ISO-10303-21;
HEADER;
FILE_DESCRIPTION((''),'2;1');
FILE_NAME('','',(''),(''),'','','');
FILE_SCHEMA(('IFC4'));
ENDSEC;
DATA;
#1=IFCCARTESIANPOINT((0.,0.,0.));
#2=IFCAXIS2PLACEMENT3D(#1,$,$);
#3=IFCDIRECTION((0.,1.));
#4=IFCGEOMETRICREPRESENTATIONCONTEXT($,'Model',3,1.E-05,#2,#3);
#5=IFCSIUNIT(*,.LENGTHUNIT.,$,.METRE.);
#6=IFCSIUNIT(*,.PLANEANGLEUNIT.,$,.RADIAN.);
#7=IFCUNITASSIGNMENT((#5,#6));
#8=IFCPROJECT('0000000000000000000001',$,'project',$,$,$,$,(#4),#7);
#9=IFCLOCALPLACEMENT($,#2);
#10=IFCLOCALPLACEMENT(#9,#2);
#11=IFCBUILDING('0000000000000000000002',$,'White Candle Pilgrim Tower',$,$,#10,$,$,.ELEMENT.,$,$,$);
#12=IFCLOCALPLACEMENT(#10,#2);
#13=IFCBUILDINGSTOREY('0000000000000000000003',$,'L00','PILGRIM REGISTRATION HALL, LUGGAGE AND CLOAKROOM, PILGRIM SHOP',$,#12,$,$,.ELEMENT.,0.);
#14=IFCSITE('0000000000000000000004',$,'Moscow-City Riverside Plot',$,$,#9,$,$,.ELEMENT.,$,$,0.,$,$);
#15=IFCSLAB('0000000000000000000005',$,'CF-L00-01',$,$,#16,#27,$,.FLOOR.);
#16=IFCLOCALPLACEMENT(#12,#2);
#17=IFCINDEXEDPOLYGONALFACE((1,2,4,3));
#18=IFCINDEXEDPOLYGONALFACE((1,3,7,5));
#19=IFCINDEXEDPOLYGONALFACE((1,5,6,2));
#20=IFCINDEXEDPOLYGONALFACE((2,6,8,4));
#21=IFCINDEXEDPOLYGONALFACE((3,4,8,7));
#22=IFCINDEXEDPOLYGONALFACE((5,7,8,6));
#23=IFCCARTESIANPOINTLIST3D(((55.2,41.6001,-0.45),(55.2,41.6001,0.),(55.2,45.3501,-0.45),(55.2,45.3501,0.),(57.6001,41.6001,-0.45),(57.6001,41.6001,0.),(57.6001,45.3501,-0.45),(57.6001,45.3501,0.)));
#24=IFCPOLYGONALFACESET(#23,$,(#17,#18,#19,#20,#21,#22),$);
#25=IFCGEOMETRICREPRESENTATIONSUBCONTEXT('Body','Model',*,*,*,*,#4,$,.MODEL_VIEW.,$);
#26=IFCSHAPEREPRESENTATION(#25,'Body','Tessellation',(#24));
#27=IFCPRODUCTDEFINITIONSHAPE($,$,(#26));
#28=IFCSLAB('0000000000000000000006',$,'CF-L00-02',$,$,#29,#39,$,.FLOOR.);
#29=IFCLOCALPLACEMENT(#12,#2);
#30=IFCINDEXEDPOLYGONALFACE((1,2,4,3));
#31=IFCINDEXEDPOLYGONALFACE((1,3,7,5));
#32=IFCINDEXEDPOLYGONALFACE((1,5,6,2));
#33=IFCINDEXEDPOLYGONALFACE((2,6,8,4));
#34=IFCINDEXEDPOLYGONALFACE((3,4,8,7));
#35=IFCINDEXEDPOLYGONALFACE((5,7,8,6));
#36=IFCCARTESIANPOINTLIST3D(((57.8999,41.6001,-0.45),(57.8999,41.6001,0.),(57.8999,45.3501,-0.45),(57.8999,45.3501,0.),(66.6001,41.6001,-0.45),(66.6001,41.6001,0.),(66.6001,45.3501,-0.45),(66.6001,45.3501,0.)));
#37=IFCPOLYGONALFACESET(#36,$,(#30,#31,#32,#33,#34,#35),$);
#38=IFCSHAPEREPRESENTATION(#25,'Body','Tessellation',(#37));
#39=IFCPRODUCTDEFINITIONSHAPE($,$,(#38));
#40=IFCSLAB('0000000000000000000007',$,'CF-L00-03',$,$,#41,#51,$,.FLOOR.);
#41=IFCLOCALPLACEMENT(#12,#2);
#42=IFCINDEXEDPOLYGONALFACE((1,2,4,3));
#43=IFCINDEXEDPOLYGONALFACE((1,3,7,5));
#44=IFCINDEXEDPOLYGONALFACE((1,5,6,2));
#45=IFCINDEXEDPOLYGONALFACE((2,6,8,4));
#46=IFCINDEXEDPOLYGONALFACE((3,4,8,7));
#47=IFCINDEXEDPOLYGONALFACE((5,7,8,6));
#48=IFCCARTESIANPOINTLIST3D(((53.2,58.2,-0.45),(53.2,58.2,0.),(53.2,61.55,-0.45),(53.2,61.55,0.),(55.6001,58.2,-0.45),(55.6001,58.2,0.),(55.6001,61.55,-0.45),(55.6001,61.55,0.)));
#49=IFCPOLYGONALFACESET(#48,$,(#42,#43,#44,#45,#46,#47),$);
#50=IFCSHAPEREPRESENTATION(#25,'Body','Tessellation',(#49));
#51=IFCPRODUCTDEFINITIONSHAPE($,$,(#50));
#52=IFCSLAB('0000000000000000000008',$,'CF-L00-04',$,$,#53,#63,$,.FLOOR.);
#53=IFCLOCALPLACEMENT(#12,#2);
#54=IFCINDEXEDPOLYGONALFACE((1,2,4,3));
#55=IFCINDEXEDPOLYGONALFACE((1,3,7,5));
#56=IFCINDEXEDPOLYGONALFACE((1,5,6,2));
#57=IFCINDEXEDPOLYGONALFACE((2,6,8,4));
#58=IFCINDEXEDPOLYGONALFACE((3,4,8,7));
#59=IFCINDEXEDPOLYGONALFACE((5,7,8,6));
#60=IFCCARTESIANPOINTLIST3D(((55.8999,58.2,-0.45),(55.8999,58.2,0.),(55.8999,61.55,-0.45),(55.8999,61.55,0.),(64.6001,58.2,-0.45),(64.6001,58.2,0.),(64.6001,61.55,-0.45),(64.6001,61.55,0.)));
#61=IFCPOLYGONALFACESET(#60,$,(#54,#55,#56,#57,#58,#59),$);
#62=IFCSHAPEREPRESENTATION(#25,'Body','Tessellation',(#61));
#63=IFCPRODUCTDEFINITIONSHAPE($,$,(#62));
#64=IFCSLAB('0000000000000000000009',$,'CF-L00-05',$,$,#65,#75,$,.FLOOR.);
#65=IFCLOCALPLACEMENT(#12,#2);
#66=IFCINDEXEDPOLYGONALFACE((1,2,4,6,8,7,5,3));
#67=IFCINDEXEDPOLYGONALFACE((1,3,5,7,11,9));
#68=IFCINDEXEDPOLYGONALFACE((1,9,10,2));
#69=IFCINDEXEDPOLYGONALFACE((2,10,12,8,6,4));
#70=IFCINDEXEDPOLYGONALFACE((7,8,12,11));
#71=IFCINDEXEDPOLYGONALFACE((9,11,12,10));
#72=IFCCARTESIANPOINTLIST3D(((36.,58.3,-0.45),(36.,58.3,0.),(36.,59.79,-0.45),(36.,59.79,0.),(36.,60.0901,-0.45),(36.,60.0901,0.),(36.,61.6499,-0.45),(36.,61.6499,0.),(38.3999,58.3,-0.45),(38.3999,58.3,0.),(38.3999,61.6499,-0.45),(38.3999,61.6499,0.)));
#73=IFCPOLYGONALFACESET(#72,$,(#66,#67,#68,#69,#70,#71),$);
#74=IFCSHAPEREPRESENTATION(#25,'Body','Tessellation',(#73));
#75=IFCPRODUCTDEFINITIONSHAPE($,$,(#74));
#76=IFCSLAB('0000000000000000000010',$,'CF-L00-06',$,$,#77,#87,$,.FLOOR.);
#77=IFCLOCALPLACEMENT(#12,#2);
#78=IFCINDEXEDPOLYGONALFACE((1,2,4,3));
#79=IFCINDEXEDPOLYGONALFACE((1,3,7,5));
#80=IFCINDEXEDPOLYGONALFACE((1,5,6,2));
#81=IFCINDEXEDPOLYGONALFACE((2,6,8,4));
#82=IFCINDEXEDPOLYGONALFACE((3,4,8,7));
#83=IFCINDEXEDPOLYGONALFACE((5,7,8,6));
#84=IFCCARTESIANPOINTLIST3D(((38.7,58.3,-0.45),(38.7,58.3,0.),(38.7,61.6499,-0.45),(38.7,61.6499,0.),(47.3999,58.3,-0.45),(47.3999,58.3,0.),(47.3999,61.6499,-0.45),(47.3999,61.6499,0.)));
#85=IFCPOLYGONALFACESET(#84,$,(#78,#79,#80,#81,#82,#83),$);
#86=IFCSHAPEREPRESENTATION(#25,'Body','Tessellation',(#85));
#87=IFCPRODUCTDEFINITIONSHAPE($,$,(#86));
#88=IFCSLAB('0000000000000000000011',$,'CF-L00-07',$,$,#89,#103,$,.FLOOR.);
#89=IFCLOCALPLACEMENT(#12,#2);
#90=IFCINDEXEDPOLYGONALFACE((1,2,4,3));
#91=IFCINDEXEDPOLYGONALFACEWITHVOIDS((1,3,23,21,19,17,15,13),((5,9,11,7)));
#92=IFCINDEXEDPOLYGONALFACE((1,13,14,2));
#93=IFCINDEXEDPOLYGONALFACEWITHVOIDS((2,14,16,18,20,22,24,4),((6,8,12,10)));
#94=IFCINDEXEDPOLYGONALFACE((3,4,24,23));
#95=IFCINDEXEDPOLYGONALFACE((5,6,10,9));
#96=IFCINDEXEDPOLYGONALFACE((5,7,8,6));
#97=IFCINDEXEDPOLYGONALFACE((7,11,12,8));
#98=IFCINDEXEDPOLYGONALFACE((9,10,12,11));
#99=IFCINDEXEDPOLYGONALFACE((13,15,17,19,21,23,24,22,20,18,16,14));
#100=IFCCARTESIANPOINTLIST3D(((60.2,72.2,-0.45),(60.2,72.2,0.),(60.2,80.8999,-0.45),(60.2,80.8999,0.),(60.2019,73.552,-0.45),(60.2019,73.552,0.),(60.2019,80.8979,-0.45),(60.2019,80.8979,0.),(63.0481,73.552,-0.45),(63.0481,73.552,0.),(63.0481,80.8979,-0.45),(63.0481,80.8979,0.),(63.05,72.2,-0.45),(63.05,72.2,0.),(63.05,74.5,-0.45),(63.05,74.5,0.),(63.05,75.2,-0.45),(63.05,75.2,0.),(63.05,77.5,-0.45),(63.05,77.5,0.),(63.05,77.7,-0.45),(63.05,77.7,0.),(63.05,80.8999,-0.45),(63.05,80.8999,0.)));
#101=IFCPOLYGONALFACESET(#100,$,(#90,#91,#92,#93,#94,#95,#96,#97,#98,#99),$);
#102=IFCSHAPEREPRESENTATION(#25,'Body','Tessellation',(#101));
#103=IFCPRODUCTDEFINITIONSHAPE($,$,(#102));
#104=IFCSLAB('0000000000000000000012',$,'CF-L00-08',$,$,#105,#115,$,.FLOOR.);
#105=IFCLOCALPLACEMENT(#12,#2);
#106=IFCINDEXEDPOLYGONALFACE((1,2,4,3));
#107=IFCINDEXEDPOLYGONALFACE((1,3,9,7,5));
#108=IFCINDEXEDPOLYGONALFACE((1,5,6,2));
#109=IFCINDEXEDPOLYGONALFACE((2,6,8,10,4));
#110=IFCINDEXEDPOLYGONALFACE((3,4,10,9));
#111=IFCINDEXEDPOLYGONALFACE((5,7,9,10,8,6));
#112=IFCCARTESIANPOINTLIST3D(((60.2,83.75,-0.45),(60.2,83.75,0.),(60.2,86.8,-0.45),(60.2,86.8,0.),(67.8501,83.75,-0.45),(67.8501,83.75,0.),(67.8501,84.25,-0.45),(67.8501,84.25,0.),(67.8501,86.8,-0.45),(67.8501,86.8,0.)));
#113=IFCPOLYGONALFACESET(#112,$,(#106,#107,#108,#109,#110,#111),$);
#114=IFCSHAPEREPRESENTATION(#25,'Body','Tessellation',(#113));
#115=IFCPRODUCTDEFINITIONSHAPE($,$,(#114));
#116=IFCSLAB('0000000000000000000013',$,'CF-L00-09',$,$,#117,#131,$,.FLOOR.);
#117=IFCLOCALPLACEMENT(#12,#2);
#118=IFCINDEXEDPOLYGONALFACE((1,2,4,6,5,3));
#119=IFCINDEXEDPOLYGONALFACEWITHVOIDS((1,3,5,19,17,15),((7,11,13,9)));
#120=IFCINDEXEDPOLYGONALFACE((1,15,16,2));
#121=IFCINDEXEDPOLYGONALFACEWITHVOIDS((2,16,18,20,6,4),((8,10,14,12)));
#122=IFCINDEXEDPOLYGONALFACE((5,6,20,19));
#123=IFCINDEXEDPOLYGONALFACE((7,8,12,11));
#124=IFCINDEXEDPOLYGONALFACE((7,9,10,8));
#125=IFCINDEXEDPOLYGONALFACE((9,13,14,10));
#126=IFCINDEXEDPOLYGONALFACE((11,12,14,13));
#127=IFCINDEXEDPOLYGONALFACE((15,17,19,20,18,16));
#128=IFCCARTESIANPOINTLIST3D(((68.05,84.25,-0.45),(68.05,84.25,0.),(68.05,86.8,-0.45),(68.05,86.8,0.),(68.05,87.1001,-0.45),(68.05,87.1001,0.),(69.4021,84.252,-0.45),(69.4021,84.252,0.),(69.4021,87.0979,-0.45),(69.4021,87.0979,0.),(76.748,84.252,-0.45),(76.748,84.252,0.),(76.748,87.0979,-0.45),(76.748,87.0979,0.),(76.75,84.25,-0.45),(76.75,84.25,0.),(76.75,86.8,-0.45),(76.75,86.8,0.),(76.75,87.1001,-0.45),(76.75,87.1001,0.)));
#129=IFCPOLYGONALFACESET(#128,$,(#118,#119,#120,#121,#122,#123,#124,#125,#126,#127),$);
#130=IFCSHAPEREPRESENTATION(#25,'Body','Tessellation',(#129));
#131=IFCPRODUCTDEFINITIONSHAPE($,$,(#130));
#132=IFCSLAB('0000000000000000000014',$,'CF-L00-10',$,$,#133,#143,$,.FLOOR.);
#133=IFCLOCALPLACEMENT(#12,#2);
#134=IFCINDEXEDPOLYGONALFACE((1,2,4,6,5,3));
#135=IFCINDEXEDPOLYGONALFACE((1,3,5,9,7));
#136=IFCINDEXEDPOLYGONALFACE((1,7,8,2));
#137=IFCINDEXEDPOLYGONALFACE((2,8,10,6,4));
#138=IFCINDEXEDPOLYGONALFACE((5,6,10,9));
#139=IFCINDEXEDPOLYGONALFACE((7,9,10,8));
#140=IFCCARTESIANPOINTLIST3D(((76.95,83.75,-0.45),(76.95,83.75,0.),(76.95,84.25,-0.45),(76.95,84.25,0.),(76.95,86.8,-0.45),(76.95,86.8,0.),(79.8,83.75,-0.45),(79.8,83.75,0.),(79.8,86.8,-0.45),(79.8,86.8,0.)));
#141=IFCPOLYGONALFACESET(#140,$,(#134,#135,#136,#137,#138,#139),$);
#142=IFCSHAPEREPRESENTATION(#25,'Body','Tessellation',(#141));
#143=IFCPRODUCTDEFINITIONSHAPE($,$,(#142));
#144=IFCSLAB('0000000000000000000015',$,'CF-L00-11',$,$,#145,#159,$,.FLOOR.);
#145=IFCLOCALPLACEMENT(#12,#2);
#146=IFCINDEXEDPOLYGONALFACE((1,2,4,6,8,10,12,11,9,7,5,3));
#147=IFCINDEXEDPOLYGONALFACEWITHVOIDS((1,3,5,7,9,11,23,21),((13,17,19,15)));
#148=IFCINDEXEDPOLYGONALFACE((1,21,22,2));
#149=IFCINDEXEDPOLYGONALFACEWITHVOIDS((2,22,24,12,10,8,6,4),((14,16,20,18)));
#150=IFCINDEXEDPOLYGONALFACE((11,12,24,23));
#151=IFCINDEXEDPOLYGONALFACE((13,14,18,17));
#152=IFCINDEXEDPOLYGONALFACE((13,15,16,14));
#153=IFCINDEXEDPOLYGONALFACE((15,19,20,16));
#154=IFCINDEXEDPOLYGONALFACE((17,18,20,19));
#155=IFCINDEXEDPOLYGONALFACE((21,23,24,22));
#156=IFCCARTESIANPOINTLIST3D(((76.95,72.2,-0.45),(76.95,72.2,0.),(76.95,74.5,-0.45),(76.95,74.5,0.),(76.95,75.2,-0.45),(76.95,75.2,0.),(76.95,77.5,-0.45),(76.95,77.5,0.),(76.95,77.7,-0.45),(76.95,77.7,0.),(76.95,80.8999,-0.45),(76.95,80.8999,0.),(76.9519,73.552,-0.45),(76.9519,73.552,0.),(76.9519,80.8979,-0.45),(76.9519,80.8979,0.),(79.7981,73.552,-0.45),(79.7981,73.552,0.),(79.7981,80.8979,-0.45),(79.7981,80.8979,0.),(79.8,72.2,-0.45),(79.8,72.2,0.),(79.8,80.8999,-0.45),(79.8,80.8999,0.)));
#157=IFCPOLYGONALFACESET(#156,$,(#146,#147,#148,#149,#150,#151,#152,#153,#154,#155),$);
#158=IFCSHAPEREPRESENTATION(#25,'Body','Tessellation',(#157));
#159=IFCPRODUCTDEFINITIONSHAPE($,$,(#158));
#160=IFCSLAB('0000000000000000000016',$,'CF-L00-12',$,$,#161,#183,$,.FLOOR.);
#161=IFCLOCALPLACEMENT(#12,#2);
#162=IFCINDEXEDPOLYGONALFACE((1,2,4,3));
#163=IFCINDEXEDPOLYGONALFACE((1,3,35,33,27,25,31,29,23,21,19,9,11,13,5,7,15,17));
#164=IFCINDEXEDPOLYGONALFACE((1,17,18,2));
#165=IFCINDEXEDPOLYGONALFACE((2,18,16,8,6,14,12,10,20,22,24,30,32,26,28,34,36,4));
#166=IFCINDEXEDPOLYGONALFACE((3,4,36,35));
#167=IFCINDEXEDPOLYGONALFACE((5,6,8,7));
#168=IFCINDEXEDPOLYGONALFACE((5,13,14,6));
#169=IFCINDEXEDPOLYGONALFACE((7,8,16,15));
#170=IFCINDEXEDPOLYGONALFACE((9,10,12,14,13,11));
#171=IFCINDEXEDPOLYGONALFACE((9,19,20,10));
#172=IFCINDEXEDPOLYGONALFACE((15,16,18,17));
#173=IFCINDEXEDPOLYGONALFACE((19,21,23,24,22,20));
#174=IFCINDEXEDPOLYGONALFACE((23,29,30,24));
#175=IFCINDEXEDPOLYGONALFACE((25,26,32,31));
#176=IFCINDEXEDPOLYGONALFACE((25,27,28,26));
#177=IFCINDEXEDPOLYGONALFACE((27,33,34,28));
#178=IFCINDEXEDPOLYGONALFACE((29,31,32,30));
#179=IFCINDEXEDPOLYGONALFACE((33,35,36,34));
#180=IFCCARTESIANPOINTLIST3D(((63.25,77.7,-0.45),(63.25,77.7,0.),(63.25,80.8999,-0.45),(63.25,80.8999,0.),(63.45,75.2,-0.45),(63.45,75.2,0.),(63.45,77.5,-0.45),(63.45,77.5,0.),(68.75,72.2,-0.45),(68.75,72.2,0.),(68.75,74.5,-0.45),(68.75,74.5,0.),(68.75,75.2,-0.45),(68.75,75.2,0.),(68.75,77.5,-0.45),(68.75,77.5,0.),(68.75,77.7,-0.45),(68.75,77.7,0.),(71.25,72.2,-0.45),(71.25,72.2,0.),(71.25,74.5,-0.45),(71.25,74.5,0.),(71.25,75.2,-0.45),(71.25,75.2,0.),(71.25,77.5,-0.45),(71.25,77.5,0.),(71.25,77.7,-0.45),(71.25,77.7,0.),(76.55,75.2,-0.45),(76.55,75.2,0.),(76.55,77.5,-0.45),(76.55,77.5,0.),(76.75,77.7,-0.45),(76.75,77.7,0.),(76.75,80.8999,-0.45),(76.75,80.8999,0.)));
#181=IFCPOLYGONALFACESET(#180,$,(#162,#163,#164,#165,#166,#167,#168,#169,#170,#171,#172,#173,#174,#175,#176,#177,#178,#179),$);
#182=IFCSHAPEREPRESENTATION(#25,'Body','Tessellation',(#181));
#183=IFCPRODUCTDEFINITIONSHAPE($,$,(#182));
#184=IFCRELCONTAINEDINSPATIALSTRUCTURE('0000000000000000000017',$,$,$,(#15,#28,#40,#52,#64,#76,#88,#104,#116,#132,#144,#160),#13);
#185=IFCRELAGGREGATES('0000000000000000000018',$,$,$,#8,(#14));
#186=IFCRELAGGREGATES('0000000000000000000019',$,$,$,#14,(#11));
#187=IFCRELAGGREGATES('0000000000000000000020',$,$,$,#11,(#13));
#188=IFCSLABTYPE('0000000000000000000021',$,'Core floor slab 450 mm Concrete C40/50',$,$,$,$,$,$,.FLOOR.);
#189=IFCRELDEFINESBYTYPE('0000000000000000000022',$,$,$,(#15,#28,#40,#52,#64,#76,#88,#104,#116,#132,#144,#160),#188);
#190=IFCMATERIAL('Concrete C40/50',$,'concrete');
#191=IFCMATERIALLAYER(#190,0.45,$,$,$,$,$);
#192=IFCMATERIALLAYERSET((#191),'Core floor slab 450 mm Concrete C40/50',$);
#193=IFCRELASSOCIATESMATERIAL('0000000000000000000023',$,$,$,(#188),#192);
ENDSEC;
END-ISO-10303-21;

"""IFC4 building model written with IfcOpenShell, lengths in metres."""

from ifc_helpers import new_model, si_unit, direction, frame, origin, place, context, subcontext, project, spatial, polyline, outline, extrude, material, layer, layer_set, type_object, element, save


model = new_model("IFC4")

# Units and contexts
model_context = context("Model", 3, precision=1e-05, world=origin(), true_north=direction((0.0, 1.0)))
body_context = subcontext(model_context, "Body", "Model", "MODEL_VIEW")
ifc_project = project(units=[si_unit("LENGTHUNIT", "METRE"), si_unit("PLANEANGLEUNIT", "RADIAN")], contexts=[model_context])

# Site, building, storey
site_placement = place(None, origin())
site = spatial("IfcSite", under=ifc_project, at=site_placement, Name="Moscow-City Riverside Plot", CompositionType="ELEMENT", RefElevation=0.0)
building_placement = place(site_placement, origin())
building = spatial("IfcBuilding", under=site, at=building_placement, Name="White Candle Pilgrim Tower", CompositionType="ELEMENT")
storey_placement = place(building_placement, origin())
storey = spatial("IfcBuildingStorey", under=building, at=storey_placement, Name="L00", Description="PILGRIM REGISTRATION HALL, LUGGAGE AND CLOAKROOM, PILGRIM SHOP", CompositionType="ELEMENT", Elevation=0.0)

# Slabs
ifc_material_1 = material(Name="Concrete C40/50", Category="concrete")
ifc_layer_1 = layer(ifc_material_1, 0.45)
ifc_layer_set_1 = layer_set([ifc_layer_1], Name="Core floor slab 450 mm Concrete C40/50")
slab_type_1 = type_object("IfcSlabType", Name="Core floor slab 450 mm Concrete C40/50", PredefinedType="FLOOR", material=ifc_layer_set_1)
slab_1_placement = place(storey_placement, frame((0.0, 0.0, -0.45)))
element("IfcSlab", 1, at=slab_1_placement, inside=storey, type_object=slab_type_1, Name="CF-L00-01", PredefinedType="FLOOR", context=body_context, shape_type="SweptSolid", body=[
    extrude(outline(polyline([(55.2, 45.3501), (57.6001, 45.3501), (57.6001, 41.6001), (55.2, 41.6001), (55.2, 45.3501)])), origin(), (0.0, 0.0, 1.0), 0.45),
])
slab_2_placement = place(storey_placement, frame((0.0, 0.0, -0.45)))
element("IfcSlab", 2, at=slab_2_placement, inside=storey, type_object=slab_type_1, Name="CF-L00-02", PredefinedType="FLOOR", context=body_context, shape_type="SweptSolid", body=[
    extrude(outline(polyline([(57.8999, 45.3501), (66.6001, 45.3501), (66.6001, 41.6001), (57.8999, 41.6001), (57.8999, 45.3501)])), origin(), (0.0, 0.0, 1.0), 0.45),
])
slab_3_placement = place(storey_placement, frame((0.0, 0.0, -0.45)))
element("IfcSlab", 3, at=slab_3_placement, inside=storey, type_object=slab_type_1, Name="CF-L00-03", PredefinedType="FLOOR", context=body_context, shape_type="SweptSolid", body=[
    extrude(outline(polyline([(53.2, 61.55), (55.6001, 61.55), (55.6001, 58.2), (53.2, 58.2), (53.2, 61.55)])), origin(), (0.0, 0.0, 1.0), 0.45),
])
slab_4_placement = place(storey_placement, frame((0.0, 0.0, -0.45)))
element("IfcSlab", 4, at=slab_4_placement, inside=storey, type_object=slab_type_1, Name="CF-L00-04", PredefinedType="FLOOR", context=body_context, shape_type="SweptSolid", body=[
    extrude(outline(polyline([(55.8999, 61.55), (64.6001, 61.55), (64.6001, 58.2), (55.8999, 58.2), (55.8999, 61.55)])), origin(), (0.0, 0.0, 1.0), 0.45),
])
slab_5_placement = place(storey_placement, frame((0.0, 0.0, -0.45)))
element("IfcSlab", 5, at=slab_5_placement, inside=storey, type_object=slab_type_1, Name="CF-L00-05", PredefinedType="FLOOR", context=body_context, shape_type="SweptSolid", body=[
    extrude(outline(polyline([(36.0, 59.79), (36.0, 60.0901), (36.0, 61.6499), (38.3999, 61.6499), (38.3999, 58.3), (36.0, 58.3), (36.0, 59.79)])), origin(), (0.0, 0.0, 1.0), 0.45),
])
slab_6_placement = place(storey_placement, frame((0.0, 0.0, -0.45)))
element("IfcSlab", 6, at=slab_6_placement, inside=storey, type_object=slab_type_1, Name="CF-L00-06", PredefinedType="FLOOR", context=body_context, shape_type="SweptSolid", body=[
    extrude(outline(polyline([(47.3999, 61.6499), (47.3999, 58.3), (38.7, 58.3), (38.7, 61.6499), (47.3999, 61.6499)])), origin(), (0.0, 0.0, 1.0), 0.45),
])
slab_7_placement = place(storey_placement, frame((0.0, 0.0, -0.45)))
element("IfcSlab", 7, at=slab_7_placement, inside=storey, type_object=slab_type_1, Name="CF-L00-07", PredefinedType="FLOOR", context=body_context, shape_type="SweptSolid", body=[
    extrude(outline(polyline([(60.2, 80.8999), (63.05, 80.8999), (63.05, 77.7), (63.05, 77.5), (63.05, 75.2), (63.05, 74.5), (63.05, 72.2), (60.2, 72.2), (60.2, 80.8999)]), holes=[polyline([(60.2019, 80.8979), (60.2019, 73.552), (63.0481, 73.552), (63.0481, 80.8979), (60.2019, 80.8979)])]), origin(), (0.0, 0.0, 1.0), 0.45),
])
slab_8_placement = place(storey_placement, frame((0.0, 0.0, -0.45)))
element("IfcSlab", 8, at=slab_8_placement, inside=storey, type_object=slab_type_1, Name="CF-L00-08", PredefinedType="FLOOR", context=body_context, shape_type="SweptSolid", body=[
    extrude(outline(polyline([(60.2, 86.8), (67.8501, 86.8), (67.8501, 84.25), (67.8501, 83.75), (60.2, 83.75), (60.2, 86.8)])), origin(), (0.0, 0.0, 1.0), 0.45),
])
slab_9_placement = place(storey_placement, frame((0.0, 0.0, -0.45)))
element("IfcSlab", 9, at=slab_9_placement, inside=storey, type_object=slab_type_1, Name="CF-L00-09", PredefinedType="FLOOR", context=body_context, shape_type="SweptSolid", body=[
    extrude(outline(polyline([(68.05, 87.1001), (76.75, 87.1001), (76.75, 86.8), (76.75, 84.25), (68.05, 84.25), (68.05, 86.8), (68.05, 87.1001)]), holes=[polyline([(76.748, 87.0979), (69.4021, 87.0979), (69.4021, 84.252), (76.748, 84.252), (76.748, 87.0979)])]), origin(), (0.0, 0.0, 1.0), 0.45),
])
slab_10_placement = place(storey_placement, frame((0.0, 0.0, -0.45)))
element("IfcSlab", 10, at=slab_10_placement, inside=storey, type_object=slab_type_1, Name="CF-L00-10", PredefinedType="FLOOR", context=body_context, shape_type="SweptSolid", body=[
    extrude(outline(polyline([(79.8, 86.8), (79.8, 83.75), (76.95, 83.75), (76.95, 84.25), (76.95, 86.8), (79.8, 86.8)])), origin(), (0.0, 0.0, 1.0), 0.45),
])
slab_11_placement = place(storey_placement, frame((0.0, 0.0, -0.45)))
element("IfcSlab", 11, at=slab_11_placement, inside=storey, type_object=slab_type_1, Name="CF-L00-11", PredefinedType="FLOOR", context=body_context, shape_type="SweptSolid", body=[
    extrude(outline(polyline([(79.8, 72.2), (76.95, 72.2), (76.95, 74.5), (76.95, 75.2), (76.95, 77.5), (76.95, 77.7), (76.95, 80.8999), (79.8, 80.8999), (79.8, 72.2)]), holes=[polyline([(76.9519, 80.8979), (76.9519, 73.552), (79.7981, 73.552), (79.7981, 80.8979), (76.9519, 80.8979)])]), origin(), (0.0, 0.0, 1.0), 0.45),
])
slab_12_placement = place(storey_placement, frame((0.0, 0.0, -0.45)))
element("IfcSlab", 12, at=slab_12_placement, inside=storey, type_object=slab_type_1, Name="CF-L00-12", PredefinedType="FLOOR", context=body_context, shape_type="SweptSolid", body=[
    extrude(outline(polyline([(68.75, 72.2), (68.75, 74.5), (68.75, 75.2), (63.45, 75.2), (63.45, 77.5), (68.75, 77.5), (68.75, 77.7), (63.25, 77.7), (63.25, 80.8999), (76.75, 80.8999), (76.75, 77.7), (71.25, 77.7), (71.25, 77.5), (76.55, 77.5), (76.55, 75.2), (71.25, 75.2), (71.25, 74.5), (71.25, 72.2), (68.75, 72.2)])), origin(), (0.0, 0.0, 1.0), 0.45),
])

save(model, "model.ifc")
